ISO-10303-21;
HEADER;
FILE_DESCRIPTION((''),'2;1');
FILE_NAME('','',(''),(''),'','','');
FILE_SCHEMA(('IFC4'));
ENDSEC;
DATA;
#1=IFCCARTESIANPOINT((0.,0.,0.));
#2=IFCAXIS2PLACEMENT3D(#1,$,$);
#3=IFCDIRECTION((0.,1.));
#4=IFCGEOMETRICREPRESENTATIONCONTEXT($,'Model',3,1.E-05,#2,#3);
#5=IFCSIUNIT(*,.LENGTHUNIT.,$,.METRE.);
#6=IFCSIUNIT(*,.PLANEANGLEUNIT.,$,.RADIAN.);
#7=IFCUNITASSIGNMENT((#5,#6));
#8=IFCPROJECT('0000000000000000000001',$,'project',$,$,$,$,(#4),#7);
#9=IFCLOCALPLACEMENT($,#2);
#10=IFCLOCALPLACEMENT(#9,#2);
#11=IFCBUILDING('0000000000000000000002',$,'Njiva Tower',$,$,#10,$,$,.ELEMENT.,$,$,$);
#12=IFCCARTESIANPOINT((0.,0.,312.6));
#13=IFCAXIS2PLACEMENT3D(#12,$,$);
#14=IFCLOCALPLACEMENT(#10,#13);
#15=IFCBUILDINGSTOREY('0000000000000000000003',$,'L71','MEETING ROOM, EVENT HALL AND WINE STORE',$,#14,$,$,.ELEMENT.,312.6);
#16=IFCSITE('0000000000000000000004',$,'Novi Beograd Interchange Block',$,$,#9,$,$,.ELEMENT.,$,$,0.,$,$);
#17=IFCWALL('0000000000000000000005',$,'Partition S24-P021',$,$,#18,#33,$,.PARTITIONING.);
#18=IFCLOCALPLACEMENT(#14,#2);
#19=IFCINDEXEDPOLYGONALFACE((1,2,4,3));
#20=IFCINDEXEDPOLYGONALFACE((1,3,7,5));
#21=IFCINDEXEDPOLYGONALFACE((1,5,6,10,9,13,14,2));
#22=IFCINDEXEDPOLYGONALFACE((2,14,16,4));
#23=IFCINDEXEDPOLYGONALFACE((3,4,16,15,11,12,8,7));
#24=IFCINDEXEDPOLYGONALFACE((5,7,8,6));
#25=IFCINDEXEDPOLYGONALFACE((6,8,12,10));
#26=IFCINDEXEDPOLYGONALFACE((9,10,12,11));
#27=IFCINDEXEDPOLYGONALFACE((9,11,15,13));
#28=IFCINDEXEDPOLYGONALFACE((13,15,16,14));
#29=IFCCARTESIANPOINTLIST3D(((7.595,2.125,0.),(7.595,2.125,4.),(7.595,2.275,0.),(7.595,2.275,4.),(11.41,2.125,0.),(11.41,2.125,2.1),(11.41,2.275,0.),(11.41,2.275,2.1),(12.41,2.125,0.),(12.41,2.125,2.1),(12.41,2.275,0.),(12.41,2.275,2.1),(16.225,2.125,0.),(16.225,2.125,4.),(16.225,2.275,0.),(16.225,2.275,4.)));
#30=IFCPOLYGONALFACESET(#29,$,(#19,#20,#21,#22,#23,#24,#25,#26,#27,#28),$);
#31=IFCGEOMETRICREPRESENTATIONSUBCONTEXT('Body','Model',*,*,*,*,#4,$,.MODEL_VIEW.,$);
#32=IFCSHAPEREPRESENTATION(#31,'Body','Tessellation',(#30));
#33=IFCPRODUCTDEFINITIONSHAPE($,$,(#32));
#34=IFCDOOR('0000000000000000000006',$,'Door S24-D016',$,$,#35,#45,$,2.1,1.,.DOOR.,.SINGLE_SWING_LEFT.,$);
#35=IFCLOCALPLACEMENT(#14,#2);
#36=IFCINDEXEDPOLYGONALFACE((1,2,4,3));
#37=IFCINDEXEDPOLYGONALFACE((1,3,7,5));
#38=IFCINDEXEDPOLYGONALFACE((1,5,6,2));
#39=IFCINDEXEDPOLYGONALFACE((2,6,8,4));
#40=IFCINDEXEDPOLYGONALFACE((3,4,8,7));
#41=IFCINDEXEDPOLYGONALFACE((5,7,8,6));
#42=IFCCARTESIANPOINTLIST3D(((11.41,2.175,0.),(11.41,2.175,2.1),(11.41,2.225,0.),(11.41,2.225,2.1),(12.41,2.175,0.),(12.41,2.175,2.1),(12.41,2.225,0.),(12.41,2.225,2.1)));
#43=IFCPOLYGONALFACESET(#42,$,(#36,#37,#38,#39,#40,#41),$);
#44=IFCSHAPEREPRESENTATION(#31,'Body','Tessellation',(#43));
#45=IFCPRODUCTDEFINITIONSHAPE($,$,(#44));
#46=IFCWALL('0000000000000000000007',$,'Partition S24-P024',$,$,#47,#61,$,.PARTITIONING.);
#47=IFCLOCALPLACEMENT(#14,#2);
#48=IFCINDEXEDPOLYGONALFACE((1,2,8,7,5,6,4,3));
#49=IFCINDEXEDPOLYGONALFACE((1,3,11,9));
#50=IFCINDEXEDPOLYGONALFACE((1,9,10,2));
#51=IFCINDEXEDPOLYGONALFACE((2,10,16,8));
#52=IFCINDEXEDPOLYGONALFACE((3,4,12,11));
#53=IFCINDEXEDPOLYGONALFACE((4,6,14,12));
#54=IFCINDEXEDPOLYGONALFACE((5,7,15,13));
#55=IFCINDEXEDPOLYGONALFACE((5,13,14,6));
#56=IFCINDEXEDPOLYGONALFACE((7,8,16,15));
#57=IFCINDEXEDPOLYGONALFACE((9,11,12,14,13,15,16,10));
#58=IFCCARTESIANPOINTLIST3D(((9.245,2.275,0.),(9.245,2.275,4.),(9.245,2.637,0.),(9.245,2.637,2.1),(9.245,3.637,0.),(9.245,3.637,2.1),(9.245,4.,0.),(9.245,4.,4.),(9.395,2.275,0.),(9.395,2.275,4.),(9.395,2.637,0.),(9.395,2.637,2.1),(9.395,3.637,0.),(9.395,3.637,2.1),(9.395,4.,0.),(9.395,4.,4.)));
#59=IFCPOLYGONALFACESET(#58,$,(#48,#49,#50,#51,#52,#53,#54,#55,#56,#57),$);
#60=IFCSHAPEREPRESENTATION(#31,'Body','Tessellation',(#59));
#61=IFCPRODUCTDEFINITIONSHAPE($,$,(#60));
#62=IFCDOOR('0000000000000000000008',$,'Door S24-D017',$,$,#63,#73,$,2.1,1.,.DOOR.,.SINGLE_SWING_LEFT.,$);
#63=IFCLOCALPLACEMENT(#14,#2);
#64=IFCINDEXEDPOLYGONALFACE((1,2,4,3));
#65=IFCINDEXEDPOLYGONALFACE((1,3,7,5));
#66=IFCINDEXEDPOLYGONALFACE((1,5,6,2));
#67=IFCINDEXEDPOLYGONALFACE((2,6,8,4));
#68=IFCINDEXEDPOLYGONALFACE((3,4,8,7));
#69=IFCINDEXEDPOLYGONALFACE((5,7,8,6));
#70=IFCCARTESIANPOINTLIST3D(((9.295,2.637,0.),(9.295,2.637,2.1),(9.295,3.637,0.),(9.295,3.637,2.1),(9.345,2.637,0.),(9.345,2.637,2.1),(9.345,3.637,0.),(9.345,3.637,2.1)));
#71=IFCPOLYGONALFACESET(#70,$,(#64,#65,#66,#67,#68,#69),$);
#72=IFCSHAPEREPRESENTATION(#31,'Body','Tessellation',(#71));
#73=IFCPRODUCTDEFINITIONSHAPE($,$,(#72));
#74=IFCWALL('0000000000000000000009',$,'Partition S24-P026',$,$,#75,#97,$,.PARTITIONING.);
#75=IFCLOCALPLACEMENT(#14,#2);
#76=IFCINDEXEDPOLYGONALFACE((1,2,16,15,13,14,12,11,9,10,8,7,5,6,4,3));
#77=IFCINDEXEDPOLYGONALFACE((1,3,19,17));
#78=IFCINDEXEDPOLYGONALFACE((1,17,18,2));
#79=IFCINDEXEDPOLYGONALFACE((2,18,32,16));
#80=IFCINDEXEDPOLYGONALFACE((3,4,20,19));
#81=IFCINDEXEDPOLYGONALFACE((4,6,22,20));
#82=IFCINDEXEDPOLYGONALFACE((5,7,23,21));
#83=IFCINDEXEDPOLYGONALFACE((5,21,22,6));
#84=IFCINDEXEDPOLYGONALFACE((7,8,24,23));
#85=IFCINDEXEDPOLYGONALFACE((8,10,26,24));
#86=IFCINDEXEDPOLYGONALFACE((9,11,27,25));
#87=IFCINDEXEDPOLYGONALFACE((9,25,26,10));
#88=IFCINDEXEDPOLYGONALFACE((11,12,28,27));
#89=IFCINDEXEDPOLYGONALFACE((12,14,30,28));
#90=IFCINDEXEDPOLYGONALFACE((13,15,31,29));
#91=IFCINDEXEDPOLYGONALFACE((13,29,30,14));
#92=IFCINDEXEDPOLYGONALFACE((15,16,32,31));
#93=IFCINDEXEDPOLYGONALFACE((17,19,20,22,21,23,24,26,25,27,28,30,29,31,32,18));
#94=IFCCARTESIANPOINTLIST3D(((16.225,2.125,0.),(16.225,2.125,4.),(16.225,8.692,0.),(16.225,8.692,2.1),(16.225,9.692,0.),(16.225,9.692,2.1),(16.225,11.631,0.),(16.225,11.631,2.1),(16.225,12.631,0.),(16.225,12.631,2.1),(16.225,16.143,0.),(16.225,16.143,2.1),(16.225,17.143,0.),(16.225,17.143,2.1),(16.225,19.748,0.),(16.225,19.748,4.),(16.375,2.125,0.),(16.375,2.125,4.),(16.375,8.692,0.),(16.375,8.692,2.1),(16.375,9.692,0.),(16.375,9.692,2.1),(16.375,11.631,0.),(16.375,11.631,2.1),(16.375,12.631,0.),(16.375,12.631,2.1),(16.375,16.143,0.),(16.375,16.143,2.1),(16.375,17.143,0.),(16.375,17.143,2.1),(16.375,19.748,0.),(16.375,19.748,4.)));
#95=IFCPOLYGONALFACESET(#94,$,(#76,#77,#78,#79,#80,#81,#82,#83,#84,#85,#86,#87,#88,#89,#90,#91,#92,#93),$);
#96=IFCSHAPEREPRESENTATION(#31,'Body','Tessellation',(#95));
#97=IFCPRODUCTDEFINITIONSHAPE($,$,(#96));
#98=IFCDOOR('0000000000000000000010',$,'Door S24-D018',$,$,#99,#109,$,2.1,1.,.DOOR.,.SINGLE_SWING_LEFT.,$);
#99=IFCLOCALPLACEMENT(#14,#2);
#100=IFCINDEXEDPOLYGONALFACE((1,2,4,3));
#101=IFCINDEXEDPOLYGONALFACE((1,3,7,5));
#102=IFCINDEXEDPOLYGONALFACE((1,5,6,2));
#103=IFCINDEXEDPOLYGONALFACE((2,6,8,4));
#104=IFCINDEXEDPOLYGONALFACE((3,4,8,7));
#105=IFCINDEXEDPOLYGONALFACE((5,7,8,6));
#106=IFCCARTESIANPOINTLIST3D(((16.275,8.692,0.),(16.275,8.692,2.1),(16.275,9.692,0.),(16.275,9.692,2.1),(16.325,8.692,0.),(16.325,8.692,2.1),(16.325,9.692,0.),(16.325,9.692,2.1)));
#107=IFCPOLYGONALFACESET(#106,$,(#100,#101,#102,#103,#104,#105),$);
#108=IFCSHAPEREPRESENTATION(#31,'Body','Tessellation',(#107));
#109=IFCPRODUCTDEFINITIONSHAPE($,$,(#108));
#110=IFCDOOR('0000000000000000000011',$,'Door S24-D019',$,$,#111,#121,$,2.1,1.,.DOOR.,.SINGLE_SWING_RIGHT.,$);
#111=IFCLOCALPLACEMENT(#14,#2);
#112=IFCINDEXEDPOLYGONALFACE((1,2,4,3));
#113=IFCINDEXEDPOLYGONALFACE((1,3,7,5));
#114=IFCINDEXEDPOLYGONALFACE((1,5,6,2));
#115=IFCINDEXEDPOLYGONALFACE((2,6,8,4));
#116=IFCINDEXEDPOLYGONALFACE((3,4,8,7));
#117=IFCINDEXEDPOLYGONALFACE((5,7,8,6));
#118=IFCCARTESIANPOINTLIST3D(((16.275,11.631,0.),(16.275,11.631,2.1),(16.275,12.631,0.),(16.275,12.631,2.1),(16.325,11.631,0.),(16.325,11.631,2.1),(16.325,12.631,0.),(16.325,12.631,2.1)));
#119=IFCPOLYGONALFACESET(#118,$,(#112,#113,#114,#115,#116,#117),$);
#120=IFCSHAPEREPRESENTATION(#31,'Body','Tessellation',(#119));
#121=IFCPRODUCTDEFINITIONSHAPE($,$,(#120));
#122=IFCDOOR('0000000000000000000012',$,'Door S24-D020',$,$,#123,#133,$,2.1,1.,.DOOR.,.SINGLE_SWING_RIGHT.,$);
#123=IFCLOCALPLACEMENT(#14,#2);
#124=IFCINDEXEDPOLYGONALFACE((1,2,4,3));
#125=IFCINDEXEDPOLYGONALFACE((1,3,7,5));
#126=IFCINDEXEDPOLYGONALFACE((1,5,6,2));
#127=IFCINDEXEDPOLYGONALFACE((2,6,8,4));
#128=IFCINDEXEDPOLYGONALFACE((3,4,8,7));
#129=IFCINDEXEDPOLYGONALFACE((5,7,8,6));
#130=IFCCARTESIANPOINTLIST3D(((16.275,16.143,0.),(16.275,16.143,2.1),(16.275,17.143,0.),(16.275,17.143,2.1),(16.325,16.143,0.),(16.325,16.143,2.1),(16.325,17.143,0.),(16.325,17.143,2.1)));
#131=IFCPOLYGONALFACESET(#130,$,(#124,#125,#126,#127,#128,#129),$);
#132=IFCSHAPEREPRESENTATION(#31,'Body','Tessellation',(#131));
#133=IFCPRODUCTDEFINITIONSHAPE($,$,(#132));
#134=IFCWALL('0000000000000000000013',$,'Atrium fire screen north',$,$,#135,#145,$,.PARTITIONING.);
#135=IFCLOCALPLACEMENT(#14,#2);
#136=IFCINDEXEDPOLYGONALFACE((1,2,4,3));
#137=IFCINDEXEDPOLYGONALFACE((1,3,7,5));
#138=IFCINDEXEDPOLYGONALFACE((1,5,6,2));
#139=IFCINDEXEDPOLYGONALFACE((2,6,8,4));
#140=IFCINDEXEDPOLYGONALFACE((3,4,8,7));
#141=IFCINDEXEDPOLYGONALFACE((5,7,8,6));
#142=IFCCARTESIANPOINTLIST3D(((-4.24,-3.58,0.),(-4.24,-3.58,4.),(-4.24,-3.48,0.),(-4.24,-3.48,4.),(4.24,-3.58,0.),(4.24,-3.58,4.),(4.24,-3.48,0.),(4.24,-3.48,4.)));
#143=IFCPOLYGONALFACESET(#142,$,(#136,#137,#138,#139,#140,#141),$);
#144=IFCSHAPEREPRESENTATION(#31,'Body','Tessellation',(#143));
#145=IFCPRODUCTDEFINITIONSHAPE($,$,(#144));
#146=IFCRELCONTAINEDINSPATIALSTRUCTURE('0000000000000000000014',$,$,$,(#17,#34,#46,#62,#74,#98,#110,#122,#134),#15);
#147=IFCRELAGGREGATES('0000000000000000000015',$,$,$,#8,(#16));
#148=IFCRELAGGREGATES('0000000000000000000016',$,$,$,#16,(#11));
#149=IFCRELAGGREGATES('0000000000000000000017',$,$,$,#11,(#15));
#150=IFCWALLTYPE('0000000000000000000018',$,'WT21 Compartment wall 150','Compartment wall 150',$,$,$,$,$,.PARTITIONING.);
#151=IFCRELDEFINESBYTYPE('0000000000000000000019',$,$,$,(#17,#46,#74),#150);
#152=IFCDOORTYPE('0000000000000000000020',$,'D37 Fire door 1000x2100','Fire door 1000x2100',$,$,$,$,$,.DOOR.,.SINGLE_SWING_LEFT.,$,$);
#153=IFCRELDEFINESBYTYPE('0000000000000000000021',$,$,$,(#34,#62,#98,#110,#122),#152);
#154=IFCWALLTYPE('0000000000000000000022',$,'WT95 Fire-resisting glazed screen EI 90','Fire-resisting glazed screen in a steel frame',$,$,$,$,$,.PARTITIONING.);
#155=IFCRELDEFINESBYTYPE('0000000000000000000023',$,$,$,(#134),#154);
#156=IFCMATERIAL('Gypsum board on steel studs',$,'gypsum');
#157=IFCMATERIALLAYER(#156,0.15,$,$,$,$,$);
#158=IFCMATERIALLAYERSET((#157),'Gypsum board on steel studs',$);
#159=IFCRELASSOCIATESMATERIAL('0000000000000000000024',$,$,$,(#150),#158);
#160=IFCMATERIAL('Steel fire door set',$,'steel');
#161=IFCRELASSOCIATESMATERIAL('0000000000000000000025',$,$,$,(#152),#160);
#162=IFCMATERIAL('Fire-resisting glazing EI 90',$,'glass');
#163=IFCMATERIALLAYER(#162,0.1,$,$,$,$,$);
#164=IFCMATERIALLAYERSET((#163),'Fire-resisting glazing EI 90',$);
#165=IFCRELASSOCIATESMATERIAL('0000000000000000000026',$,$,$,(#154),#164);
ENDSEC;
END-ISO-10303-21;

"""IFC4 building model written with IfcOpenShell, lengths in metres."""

from ifc_helpers import new_model, si_unit, direction, frame, frame_2d, origin, place, context, subcontext, project, spatial, rectangle, extrude, material, layer, layer_set, type_object, element, fill, save


model = new_model("IFC4")

# Units and contexts
model_context = context("Model", 3, precision=1e-05, world=origin(), true_north=direction((0.0, 1.0)))
body_context = subcontext(model_context, "Body", "Model", "MODEL_VIEW")
ifc_project = project(units=[si_unit("LENGTHUNIT", "METRE"), si_unit("PLANEANGLEUNIT", "RADIAN")], contexts=[model_context])

# Site, building, storey
site_placement = place(None, origin())
site = spatial("IfcSite", under=ifc_project, at=site_placement, Name="Novi Beograd Interchange Block", CompositionType="ELEMENT", RefElevation=0.0)
building_placement = place(site_placement, origin())
building = spatial("IfcBuilding", under=site, at=building_placement, Name="Njiva Tower", CompositionType="ELEMENT")
storey_placement = place(building_placement, frame((0.0, 0.0, 312.6)))
storey = spatial("IfcBuildingStorey", under=building, at=storey_placement, Name="L71", Description="MEETING ROOM, EVENT HALL AND WINE STORE", CompositionType="ELEMENT", Elevation=312.6)

# Shared definitions
ifc_material_1 = material(Name="Gypsum board on steel studs", Category="gypsum")

# Walls, openings, doors
ifc_layer_1 = layer(ifc_material_1, 0.15)
ifc_layer_set_1 = layer_set([ifc_layer_1], Name="Gypsum board on steel studs")
wall_type_1 = type_object("IfcWallType", Name="WT21 Compartment wall 150", Description="Compartment wall 150", PredefinedType="PARTITIONING", material=ifc_layer_set_1)
ifc_material_2 = material(Name="Steel fire door set", Category="steel")
door_type = type_object("IfcDoorType", Name="D37 Fire door 1000x2100", Description="Fire door 1000x2100", OperationType="SINGLE_SWING_LEFT", PredefinedType="DOOR", material=ifc_material_2)
wall_1_placement = place(storey_placement, frame((7.595, 2.2, 0.0), z_axis=(0.0, 0.0, 1.0), x_axis=(1.0, 0.0, 0.0)))
wall_1 = element("IfcWall", 1, at=wall_1_placement, inside=storey, type_object=wall_type_1, Name="Partition S24-P021", PredefinedType="PARTITIONING", context=body_context, shape_type="SweptSolid", body=[
    extrude(rectangle(XDim=8.63, YDim=0.15, at=frame_2d((4.315, 0.0))), origin(), (0.0, 0.0, 1.0), 4.0),
])
opening_1_placement = place(wall_1_placement, frame((3.815, 0.0, 0.0)))
opening_1 = element("IfcOpeningElement", 2, at=opening_1_placement, cuts=wall_1, PredefinedType="OPENING", context=body_context, shape_type="SweptSolid", body=[
    extrude(rectangle(XDim=1.0, YDim=2.1, at=frame_2d((0.5, 1.05))), frame((0.0, 0.085, 0.0), z_axis=(0.0, -1.0, 0.0), x_axis=(1.0, 0.0, 0.0)), (0.0, 0.0, 1.0), 0.17),
])
door_1_placement = place(opening_1_placement, origin())
door_1 = element("IfcDoor", 3, at=door_1_placement, inside=storey, type_object=door_type, Name="Door S24-D016", OperationType="SINGLE_SWING_LEFT", OverallHeight=2.1, OverallWidth=1.0, PredefinedType="DOOR", context=body_context, shape_type="SweptSolid", body=[
    extrude(rectangle(XDim=1.0, YDim=2.1, at=frame_2d((0.5, 1.05))), frame((0.0, 0.025, 0.0), z_axis=(0.0, -1.0, 0.0), x_axis=(1.0, 0.0, 0.0)), (0.0, 0.0, 1.0), 0.05),
])
fill(opening_1, door_1)
wall_2_placement = place(storey_placement, frame((9.32, 2.275, 0.0), z_axis=(0.0, 0.0, 1.0), x_axis=(0.0, 1.0, 0.0)))
wall_2 = element("IfcWall", 4, at=wall_2_placement, inside=storey, type_object=wall_type_1, Name="Partition S24-P024", PredefinedType="PARTITIONING", context=body_context, shape_type="SweptSolid", body=[
    extrude(rectangle(XDim=1.725, YDim=0.15, at=frame_2d((0.8625, 0.0))), origin(), (0.0, 0.0, 1.0), 4.0),
])
opening_2_placement = place(wall_2_placement, frame((0.362, 0.0, 0.0)))
opening_2 = element("IfcOpeningElement", 5, at=opening_2_placement, cuts=wall_2, PredefinedType="OPENING", context=body_context, shape_type="SweptSolid", body=[
    extrude(rectangle(XDim=1.0, YDim=2.1, at=frame_2d((0.5, 1.05))), frame((0.0, 0.085, 0.0), z_axis=(0.0, -1.0, 0.0), x_axis=(1.0, 0.0, 0.0)), (0.0, 0.0, 1.0), 0.17),
])
door_2_placement = place(opening_2_placement, origin())
door_2 = element("IfcDoor", 6, at=door_2_placement, inside=storey, type_object=door_type, Name="Door S24-D017", OperationType="SINGLE_SWING_LEFT", OverallHeight=2.1, OverallWidth=1.0, PredefinedType="DOOR", context=body_context, shape_type="SweptSolid", body=[
    extrude(rectangle(XDim=1.0, YDim=2.1, at=frame_2d((0.5, 1.05))), frame((0.0, 0.025, 0.0), z_axis=(0.0, -1.0, 0.0), x_axis=(1.0, 0.0, 0.0)), (0.0, 0.0, 1.0), 0.05),
])
fill(opening_2, door_2)

# Wall, openings, doors
wall_3_placement = place(storey_placement, frame((16.3, 2.125, 0.0), z_axis=(0.0, 0.0, 1.0), x_axis=(0.0, 1.0, 0.0)))
wall_3 = element("IfcWall", 7, at=wall_3_placement, inside=storey, type_object=wall_type_1, Name="Partition S24-P026", PredefinedType="PARTITIONING", context=body_context, shape_type="SweptSolid", body=[
    extrude(rectangle(XDim=17.623, YDim=0.15, at=frame_2d((8.8115, 0.0))), origin(), (0.0, 0.0, 1.0), 4.0),
])
opening_3_placement = place(wall_3_placement, frame((6.567, 0.0, 0.0)))
opening_3 = element("IfcOpeningElement", 8, at=opening_3_placement, cuts=wall_3, PredefinedType="OPENING", context=body_context, shape_type="SweptSolid", body=[
    extrude(rectangle(XDim=1.0, YDim=2.1, at=frame_2d((0.5, 1.05))), frame((0.0, 0.085, 0.0), z_axis=(0.0, -1.0, 0.0), x_axis=(1.0, 0.0, 0.0)), (0.0, 0.0, 1.0), 0.17),
])
opening_4_placement = place(wall_3_placement, frame((9.506, 0.0, 0.0)))
opening_4 = element("IfcOpeningElement", 9, at=opening_4_placement, cuts=wall_3, PredefinedType="OPENING", context=body_context, shape_type="SweptSolid", body=[
    extrude(rectangle(XDim=1.0, YDim=2.1, at=frame_2d((0.5, 1.05))), frame((0.0, 0.085, 0.0), z_axis=(0.0, -1.0, 0.0), x_axis=(1.0, 0.0, 0.0)), (0.0, 0.0, 1.0), 0.17),
])
opening_5_placement = place(wall_3_placement, frame((14.018, 0.0, 0.0)))
opening_5 = element("IfcOpeningElement", 10, at=opening_5_placement, cuts=wall_3, PredefinedType="OPENING", context=body_context, shape_type="SweptSolid", body=[
    extrude(rectangle(XDim=1.0, YDim=2.1, at=frame_2d((0.5, 1.05))), frame((0.0, 0.085, 0.0), z_axis=(0.0, -1.0, 0.0), x_axis=(1.0, 0.0, 0.0)), (0.0, 0.0, 1.0), 0.17),
])
door_3_placement = place(opening_3_placement, origin())
door_3 = element("IfcDoor", 11, at=door_3_placement, inside=storey, type_object=door_type, Name="Door S24-D018", OperationType="SINGLE_SWING_LEFT", OverallHeight=2.1, OverallWidth=1.0, PredefinedType="DOOR", context=body_context, shape_type="SweptSolid", body=[
    extrude(rectangle(XDim=1.0, YDim=2.1, at=frame_2d((0.5, 1.05))), frame((0.0, 0.025, 0.0), z_axis=(0.0, -1.0, 0.0), x_axis=(1.0, 0.0, 0.0)), (0.0, 0.0, 1.0), 0.05),
])
fill(opening_3, door_3)
door_4_placement = place(opening_4_placement, origin())
door_4 = element("IfcDoor", 12, at=door_4_placement, inside=storey, type_object=door_type, Name="Door S24-D019", OperationType="SINGLE_SWING_RIGHT", OverallHeight=2.1, OverallWidth=1.0, PredefinedType="DOOR", context=body_context, shape_type="SweptSolid", body=[
    extrude(rectangle(XDim=1.0, YDim=2.1, at=frame_2d((0.5, 1.05))), frame((0.0, 0.025, 0.0), z_axis=(0.0, -1.0, 0.0), x_axis=(1.0, 0.0, 0.0)), (0.0, 0.0, 1.0), 0.05),
])
fill(opening_4, door_4)
door_5_placement = place(opening_5_placement, origin())
door_5 = element("IfcDoor", 13, at=door_5_placement, inside=storey, type_object=door_type, Name="Door S24-D020", OperationType="SINGLE_SWING_RIGHT", OverallHeight=2.1, OverallWidth=1.0, PredefinedType="DOOR", context=body_context, shape_type="SweptSolid", body=[
    extrude(rectangle(XDim=1.0, YDim=2.1, at=frame_2d((0.5, 1.05))), frame((0.0, 0.025, 0.0), z_axis=(0.0, -1.0, 0.0), x_axis=(1.0, 0.0, 0.0)), (0.0, 0.0, 1.0), 0.05),
])
fill(opening_5, door_5)

# Wall
ifc_material_3 = material(Name="Fire-resisting glazing EI 90", Category="glass")
ifc_layer_2 = layer(ifc_material_3, 0.1)
ifc_layer_set_2 = layer_set([ifc_layer_2], Name="Fire-resisting glazing EI 90")
wall_type_2 = type_object("IfcWallType", Name="WT95 Fire-resisting glazed screen EI 90", Description="Fire-resisting glazed screen in a steel frame", PredefinedType="PARTITIONING", material=ifc_layer_set_2)
wall_4_placement = place(storey_placement, frame((4.24, -3.53, 0.0), z_axis=(0.0, 0.0, 1.0), x_axis=(-1.0, 0.0, 0.0)))
element("IfcWall", 14, at=wall_4_placement, inside=storey, type_object=wall_type_2, Name="Atrium fire screen north", PredefinedType="PARTITIONING", context=body_context, shape_type="SweptSolid", body=[
    extrude(rectangle(XDim=8.48, YDim=0.1, at=frame_2d((4.24, 0.0))), origin(), (0.0, 0.0, 1.0), 4.0),
])

save(model, "model.ifc")
